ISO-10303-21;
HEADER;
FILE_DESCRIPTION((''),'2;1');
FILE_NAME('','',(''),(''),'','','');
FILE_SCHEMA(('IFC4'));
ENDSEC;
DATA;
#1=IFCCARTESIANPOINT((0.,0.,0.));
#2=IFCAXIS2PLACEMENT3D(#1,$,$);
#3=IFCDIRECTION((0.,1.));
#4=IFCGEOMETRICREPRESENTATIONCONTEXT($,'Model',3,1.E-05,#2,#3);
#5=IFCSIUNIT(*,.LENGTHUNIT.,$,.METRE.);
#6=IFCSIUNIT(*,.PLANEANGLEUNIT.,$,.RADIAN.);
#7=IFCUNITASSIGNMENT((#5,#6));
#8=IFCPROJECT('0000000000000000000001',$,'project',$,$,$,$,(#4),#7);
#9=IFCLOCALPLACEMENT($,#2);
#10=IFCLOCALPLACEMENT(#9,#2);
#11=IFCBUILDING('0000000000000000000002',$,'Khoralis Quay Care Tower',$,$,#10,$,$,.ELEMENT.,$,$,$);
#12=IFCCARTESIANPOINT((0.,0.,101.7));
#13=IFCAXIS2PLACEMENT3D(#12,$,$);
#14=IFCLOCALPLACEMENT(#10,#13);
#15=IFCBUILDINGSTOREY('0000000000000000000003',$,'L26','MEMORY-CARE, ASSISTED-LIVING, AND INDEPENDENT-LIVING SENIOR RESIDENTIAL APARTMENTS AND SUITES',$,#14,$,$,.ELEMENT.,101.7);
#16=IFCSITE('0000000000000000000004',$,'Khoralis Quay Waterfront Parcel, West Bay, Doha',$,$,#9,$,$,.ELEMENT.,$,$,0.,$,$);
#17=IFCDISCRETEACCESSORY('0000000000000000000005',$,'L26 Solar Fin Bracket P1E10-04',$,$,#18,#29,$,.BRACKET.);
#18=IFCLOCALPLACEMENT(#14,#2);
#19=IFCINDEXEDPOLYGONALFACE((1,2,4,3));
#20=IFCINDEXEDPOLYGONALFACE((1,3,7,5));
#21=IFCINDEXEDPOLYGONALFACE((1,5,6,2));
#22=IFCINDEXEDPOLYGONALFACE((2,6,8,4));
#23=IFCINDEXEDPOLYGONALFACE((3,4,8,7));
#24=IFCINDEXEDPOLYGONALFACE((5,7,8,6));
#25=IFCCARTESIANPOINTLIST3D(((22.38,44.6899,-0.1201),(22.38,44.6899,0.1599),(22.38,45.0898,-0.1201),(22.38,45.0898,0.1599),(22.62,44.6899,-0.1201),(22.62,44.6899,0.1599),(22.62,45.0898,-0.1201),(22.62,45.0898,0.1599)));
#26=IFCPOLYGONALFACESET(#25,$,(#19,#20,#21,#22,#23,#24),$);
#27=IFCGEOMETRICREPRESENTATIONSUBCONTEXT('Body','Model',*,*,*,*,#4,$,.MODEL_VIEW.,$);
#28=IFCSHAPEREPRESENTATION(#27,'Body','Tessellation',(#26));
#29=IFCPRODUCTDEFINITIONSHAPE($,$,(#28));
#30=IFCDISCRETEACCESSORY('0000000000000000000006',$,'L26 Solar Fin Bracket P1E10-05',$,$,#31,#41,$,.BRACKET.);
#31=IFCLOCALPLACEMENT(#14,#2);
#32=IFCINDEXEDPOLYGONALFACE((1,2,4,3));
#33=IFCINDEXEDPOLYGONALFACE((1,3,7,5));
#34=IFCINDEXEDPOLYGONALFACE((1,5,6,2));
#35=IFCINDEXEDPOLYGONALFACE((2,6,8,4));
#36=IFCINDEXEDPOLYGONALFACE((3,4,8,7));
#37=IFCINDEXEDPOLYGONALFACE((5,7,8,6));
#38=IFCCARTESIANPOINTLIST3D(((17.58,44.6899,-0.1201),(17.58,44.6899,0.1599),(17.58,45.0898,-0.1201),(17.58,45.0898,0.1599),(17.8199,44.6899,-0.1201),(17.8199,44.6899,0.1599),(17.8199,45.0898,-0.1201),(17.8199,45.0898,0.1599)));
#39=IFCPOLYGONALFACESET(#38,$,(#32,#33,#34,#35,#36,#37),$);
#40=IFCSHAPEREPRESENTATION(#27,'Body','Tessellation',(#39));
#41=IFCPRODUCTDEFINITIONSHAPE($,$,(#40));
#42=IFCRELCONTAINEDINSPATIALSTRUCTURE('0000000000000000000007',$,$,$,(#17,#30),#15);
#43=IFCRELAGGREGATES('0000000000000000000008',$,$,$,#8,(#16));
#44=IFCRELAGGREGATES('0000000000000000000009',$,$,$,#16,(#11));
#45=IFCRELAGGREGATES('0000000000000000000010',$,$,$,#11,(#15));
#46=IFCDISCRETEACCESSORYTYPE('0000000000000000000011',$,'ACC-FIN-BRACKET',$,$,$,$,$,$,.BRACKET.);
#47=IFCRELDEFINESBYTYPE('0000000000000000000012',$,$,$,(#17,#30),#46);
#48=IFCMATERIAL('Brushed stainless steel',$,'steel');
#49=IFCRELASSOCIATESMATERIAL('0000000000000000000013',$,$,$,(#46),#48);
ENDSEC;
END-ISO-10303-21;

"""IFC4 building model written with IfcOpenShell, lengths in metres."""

from ifc_helpers import new_model, si_unit, direction, frame, origin, origin_2d, place, context, subcontext, project, spatial, rectangle, extrude, source, transform, mapped, material, type_object, element, save


model = new_model("IFC4")

# Units and contexts
model_context = context("Model", 3, precision=1e-05, world=origin(), true_north=direction((0.0, 1.0)))
body_context = subcontext(model_context, "Body", "Model", "MODEL_VIEW")
ifc_project = project(units=[si_unit("LENGTHUNIT", "METRE"), si_unit("PLANEANGLEUNIT", "RADIAN")], contexts=[model_context])

# Site, building, storey
site_placement = place(None, origin())
site = spatial("IfcSite", under=ifc_project, at=site_placement, Name="Khoralis Quay Waterfront Parcel, West Bay, Doha", CompositionType="ELEMENT", RefElevation=0.0)
building_placement = place(site_placement, origin())
building = spatial("IfcBuilding", under=site, at=building_placement, Name="Khoralis Quay Care Tower", CompositionType="ELEMENT")
storey_placement = place(building_placement, frame((0.0, 0.0, 101.7)))
storey = spatial("IfcBuildingStorey", under=building, at=storey_placement, Name="L26", Description="MEMORY-CARE, ASSISTED-LIVING, AND INDEPENDENT-LIVING SENIOR RESIDENTIAL APARTMENTS AND SUITES", CompositionType="ELEMENT", Elevation=101.7)

# Discrete accessories
ifc_material_1 = material(Name="Brushed stainless steel", Category="steel")
discrete_accessory_type = type_object("IfcDiscreteAccessoryType", Name="ACC-FIN-BRACKET", PredefinedType="BRACKET", material=ifc_material_1)
shared_shape_1 = source(origin(), body_context, "Body", "SweptSolid", [
    extrude(rectangle(XDim=0.3999, YDim=0.24, at=origin_2d()), origin(), (0.0, 0.0, 1.0), 0.28),
])
for number, where, z_axis, x_axis, name in (
    (1, (22.5, 44.8899, -0.1201), (0.0, 0.0, 1.0), (0.0, 1.0, 0.0), "L26 Solar Fin Bracket P1E10-04"),
    (2, (17.7, 44.8899, -0.1201), (0.0, 0.0, 1.0), (0.0, 1.0, 0.0), "L26 Solar Fin Bracket P1E10-05"),
):
    element("IfcDiscreteAccessory", number, at=place(storey_placement, frame(where, z_axis=z_axis, x_axis=x_axis)), inside=storey, type_object=discrete_accessory_type, Name=name, PredefinedType="BRACKET", context=body_context, shape_type="MappedRepresentation", body=[
        mapped(shared_shape_1, transform((0.0, 0.0, 0.0), scale=1.0)),
    ])

save(model, "model.ifc")
